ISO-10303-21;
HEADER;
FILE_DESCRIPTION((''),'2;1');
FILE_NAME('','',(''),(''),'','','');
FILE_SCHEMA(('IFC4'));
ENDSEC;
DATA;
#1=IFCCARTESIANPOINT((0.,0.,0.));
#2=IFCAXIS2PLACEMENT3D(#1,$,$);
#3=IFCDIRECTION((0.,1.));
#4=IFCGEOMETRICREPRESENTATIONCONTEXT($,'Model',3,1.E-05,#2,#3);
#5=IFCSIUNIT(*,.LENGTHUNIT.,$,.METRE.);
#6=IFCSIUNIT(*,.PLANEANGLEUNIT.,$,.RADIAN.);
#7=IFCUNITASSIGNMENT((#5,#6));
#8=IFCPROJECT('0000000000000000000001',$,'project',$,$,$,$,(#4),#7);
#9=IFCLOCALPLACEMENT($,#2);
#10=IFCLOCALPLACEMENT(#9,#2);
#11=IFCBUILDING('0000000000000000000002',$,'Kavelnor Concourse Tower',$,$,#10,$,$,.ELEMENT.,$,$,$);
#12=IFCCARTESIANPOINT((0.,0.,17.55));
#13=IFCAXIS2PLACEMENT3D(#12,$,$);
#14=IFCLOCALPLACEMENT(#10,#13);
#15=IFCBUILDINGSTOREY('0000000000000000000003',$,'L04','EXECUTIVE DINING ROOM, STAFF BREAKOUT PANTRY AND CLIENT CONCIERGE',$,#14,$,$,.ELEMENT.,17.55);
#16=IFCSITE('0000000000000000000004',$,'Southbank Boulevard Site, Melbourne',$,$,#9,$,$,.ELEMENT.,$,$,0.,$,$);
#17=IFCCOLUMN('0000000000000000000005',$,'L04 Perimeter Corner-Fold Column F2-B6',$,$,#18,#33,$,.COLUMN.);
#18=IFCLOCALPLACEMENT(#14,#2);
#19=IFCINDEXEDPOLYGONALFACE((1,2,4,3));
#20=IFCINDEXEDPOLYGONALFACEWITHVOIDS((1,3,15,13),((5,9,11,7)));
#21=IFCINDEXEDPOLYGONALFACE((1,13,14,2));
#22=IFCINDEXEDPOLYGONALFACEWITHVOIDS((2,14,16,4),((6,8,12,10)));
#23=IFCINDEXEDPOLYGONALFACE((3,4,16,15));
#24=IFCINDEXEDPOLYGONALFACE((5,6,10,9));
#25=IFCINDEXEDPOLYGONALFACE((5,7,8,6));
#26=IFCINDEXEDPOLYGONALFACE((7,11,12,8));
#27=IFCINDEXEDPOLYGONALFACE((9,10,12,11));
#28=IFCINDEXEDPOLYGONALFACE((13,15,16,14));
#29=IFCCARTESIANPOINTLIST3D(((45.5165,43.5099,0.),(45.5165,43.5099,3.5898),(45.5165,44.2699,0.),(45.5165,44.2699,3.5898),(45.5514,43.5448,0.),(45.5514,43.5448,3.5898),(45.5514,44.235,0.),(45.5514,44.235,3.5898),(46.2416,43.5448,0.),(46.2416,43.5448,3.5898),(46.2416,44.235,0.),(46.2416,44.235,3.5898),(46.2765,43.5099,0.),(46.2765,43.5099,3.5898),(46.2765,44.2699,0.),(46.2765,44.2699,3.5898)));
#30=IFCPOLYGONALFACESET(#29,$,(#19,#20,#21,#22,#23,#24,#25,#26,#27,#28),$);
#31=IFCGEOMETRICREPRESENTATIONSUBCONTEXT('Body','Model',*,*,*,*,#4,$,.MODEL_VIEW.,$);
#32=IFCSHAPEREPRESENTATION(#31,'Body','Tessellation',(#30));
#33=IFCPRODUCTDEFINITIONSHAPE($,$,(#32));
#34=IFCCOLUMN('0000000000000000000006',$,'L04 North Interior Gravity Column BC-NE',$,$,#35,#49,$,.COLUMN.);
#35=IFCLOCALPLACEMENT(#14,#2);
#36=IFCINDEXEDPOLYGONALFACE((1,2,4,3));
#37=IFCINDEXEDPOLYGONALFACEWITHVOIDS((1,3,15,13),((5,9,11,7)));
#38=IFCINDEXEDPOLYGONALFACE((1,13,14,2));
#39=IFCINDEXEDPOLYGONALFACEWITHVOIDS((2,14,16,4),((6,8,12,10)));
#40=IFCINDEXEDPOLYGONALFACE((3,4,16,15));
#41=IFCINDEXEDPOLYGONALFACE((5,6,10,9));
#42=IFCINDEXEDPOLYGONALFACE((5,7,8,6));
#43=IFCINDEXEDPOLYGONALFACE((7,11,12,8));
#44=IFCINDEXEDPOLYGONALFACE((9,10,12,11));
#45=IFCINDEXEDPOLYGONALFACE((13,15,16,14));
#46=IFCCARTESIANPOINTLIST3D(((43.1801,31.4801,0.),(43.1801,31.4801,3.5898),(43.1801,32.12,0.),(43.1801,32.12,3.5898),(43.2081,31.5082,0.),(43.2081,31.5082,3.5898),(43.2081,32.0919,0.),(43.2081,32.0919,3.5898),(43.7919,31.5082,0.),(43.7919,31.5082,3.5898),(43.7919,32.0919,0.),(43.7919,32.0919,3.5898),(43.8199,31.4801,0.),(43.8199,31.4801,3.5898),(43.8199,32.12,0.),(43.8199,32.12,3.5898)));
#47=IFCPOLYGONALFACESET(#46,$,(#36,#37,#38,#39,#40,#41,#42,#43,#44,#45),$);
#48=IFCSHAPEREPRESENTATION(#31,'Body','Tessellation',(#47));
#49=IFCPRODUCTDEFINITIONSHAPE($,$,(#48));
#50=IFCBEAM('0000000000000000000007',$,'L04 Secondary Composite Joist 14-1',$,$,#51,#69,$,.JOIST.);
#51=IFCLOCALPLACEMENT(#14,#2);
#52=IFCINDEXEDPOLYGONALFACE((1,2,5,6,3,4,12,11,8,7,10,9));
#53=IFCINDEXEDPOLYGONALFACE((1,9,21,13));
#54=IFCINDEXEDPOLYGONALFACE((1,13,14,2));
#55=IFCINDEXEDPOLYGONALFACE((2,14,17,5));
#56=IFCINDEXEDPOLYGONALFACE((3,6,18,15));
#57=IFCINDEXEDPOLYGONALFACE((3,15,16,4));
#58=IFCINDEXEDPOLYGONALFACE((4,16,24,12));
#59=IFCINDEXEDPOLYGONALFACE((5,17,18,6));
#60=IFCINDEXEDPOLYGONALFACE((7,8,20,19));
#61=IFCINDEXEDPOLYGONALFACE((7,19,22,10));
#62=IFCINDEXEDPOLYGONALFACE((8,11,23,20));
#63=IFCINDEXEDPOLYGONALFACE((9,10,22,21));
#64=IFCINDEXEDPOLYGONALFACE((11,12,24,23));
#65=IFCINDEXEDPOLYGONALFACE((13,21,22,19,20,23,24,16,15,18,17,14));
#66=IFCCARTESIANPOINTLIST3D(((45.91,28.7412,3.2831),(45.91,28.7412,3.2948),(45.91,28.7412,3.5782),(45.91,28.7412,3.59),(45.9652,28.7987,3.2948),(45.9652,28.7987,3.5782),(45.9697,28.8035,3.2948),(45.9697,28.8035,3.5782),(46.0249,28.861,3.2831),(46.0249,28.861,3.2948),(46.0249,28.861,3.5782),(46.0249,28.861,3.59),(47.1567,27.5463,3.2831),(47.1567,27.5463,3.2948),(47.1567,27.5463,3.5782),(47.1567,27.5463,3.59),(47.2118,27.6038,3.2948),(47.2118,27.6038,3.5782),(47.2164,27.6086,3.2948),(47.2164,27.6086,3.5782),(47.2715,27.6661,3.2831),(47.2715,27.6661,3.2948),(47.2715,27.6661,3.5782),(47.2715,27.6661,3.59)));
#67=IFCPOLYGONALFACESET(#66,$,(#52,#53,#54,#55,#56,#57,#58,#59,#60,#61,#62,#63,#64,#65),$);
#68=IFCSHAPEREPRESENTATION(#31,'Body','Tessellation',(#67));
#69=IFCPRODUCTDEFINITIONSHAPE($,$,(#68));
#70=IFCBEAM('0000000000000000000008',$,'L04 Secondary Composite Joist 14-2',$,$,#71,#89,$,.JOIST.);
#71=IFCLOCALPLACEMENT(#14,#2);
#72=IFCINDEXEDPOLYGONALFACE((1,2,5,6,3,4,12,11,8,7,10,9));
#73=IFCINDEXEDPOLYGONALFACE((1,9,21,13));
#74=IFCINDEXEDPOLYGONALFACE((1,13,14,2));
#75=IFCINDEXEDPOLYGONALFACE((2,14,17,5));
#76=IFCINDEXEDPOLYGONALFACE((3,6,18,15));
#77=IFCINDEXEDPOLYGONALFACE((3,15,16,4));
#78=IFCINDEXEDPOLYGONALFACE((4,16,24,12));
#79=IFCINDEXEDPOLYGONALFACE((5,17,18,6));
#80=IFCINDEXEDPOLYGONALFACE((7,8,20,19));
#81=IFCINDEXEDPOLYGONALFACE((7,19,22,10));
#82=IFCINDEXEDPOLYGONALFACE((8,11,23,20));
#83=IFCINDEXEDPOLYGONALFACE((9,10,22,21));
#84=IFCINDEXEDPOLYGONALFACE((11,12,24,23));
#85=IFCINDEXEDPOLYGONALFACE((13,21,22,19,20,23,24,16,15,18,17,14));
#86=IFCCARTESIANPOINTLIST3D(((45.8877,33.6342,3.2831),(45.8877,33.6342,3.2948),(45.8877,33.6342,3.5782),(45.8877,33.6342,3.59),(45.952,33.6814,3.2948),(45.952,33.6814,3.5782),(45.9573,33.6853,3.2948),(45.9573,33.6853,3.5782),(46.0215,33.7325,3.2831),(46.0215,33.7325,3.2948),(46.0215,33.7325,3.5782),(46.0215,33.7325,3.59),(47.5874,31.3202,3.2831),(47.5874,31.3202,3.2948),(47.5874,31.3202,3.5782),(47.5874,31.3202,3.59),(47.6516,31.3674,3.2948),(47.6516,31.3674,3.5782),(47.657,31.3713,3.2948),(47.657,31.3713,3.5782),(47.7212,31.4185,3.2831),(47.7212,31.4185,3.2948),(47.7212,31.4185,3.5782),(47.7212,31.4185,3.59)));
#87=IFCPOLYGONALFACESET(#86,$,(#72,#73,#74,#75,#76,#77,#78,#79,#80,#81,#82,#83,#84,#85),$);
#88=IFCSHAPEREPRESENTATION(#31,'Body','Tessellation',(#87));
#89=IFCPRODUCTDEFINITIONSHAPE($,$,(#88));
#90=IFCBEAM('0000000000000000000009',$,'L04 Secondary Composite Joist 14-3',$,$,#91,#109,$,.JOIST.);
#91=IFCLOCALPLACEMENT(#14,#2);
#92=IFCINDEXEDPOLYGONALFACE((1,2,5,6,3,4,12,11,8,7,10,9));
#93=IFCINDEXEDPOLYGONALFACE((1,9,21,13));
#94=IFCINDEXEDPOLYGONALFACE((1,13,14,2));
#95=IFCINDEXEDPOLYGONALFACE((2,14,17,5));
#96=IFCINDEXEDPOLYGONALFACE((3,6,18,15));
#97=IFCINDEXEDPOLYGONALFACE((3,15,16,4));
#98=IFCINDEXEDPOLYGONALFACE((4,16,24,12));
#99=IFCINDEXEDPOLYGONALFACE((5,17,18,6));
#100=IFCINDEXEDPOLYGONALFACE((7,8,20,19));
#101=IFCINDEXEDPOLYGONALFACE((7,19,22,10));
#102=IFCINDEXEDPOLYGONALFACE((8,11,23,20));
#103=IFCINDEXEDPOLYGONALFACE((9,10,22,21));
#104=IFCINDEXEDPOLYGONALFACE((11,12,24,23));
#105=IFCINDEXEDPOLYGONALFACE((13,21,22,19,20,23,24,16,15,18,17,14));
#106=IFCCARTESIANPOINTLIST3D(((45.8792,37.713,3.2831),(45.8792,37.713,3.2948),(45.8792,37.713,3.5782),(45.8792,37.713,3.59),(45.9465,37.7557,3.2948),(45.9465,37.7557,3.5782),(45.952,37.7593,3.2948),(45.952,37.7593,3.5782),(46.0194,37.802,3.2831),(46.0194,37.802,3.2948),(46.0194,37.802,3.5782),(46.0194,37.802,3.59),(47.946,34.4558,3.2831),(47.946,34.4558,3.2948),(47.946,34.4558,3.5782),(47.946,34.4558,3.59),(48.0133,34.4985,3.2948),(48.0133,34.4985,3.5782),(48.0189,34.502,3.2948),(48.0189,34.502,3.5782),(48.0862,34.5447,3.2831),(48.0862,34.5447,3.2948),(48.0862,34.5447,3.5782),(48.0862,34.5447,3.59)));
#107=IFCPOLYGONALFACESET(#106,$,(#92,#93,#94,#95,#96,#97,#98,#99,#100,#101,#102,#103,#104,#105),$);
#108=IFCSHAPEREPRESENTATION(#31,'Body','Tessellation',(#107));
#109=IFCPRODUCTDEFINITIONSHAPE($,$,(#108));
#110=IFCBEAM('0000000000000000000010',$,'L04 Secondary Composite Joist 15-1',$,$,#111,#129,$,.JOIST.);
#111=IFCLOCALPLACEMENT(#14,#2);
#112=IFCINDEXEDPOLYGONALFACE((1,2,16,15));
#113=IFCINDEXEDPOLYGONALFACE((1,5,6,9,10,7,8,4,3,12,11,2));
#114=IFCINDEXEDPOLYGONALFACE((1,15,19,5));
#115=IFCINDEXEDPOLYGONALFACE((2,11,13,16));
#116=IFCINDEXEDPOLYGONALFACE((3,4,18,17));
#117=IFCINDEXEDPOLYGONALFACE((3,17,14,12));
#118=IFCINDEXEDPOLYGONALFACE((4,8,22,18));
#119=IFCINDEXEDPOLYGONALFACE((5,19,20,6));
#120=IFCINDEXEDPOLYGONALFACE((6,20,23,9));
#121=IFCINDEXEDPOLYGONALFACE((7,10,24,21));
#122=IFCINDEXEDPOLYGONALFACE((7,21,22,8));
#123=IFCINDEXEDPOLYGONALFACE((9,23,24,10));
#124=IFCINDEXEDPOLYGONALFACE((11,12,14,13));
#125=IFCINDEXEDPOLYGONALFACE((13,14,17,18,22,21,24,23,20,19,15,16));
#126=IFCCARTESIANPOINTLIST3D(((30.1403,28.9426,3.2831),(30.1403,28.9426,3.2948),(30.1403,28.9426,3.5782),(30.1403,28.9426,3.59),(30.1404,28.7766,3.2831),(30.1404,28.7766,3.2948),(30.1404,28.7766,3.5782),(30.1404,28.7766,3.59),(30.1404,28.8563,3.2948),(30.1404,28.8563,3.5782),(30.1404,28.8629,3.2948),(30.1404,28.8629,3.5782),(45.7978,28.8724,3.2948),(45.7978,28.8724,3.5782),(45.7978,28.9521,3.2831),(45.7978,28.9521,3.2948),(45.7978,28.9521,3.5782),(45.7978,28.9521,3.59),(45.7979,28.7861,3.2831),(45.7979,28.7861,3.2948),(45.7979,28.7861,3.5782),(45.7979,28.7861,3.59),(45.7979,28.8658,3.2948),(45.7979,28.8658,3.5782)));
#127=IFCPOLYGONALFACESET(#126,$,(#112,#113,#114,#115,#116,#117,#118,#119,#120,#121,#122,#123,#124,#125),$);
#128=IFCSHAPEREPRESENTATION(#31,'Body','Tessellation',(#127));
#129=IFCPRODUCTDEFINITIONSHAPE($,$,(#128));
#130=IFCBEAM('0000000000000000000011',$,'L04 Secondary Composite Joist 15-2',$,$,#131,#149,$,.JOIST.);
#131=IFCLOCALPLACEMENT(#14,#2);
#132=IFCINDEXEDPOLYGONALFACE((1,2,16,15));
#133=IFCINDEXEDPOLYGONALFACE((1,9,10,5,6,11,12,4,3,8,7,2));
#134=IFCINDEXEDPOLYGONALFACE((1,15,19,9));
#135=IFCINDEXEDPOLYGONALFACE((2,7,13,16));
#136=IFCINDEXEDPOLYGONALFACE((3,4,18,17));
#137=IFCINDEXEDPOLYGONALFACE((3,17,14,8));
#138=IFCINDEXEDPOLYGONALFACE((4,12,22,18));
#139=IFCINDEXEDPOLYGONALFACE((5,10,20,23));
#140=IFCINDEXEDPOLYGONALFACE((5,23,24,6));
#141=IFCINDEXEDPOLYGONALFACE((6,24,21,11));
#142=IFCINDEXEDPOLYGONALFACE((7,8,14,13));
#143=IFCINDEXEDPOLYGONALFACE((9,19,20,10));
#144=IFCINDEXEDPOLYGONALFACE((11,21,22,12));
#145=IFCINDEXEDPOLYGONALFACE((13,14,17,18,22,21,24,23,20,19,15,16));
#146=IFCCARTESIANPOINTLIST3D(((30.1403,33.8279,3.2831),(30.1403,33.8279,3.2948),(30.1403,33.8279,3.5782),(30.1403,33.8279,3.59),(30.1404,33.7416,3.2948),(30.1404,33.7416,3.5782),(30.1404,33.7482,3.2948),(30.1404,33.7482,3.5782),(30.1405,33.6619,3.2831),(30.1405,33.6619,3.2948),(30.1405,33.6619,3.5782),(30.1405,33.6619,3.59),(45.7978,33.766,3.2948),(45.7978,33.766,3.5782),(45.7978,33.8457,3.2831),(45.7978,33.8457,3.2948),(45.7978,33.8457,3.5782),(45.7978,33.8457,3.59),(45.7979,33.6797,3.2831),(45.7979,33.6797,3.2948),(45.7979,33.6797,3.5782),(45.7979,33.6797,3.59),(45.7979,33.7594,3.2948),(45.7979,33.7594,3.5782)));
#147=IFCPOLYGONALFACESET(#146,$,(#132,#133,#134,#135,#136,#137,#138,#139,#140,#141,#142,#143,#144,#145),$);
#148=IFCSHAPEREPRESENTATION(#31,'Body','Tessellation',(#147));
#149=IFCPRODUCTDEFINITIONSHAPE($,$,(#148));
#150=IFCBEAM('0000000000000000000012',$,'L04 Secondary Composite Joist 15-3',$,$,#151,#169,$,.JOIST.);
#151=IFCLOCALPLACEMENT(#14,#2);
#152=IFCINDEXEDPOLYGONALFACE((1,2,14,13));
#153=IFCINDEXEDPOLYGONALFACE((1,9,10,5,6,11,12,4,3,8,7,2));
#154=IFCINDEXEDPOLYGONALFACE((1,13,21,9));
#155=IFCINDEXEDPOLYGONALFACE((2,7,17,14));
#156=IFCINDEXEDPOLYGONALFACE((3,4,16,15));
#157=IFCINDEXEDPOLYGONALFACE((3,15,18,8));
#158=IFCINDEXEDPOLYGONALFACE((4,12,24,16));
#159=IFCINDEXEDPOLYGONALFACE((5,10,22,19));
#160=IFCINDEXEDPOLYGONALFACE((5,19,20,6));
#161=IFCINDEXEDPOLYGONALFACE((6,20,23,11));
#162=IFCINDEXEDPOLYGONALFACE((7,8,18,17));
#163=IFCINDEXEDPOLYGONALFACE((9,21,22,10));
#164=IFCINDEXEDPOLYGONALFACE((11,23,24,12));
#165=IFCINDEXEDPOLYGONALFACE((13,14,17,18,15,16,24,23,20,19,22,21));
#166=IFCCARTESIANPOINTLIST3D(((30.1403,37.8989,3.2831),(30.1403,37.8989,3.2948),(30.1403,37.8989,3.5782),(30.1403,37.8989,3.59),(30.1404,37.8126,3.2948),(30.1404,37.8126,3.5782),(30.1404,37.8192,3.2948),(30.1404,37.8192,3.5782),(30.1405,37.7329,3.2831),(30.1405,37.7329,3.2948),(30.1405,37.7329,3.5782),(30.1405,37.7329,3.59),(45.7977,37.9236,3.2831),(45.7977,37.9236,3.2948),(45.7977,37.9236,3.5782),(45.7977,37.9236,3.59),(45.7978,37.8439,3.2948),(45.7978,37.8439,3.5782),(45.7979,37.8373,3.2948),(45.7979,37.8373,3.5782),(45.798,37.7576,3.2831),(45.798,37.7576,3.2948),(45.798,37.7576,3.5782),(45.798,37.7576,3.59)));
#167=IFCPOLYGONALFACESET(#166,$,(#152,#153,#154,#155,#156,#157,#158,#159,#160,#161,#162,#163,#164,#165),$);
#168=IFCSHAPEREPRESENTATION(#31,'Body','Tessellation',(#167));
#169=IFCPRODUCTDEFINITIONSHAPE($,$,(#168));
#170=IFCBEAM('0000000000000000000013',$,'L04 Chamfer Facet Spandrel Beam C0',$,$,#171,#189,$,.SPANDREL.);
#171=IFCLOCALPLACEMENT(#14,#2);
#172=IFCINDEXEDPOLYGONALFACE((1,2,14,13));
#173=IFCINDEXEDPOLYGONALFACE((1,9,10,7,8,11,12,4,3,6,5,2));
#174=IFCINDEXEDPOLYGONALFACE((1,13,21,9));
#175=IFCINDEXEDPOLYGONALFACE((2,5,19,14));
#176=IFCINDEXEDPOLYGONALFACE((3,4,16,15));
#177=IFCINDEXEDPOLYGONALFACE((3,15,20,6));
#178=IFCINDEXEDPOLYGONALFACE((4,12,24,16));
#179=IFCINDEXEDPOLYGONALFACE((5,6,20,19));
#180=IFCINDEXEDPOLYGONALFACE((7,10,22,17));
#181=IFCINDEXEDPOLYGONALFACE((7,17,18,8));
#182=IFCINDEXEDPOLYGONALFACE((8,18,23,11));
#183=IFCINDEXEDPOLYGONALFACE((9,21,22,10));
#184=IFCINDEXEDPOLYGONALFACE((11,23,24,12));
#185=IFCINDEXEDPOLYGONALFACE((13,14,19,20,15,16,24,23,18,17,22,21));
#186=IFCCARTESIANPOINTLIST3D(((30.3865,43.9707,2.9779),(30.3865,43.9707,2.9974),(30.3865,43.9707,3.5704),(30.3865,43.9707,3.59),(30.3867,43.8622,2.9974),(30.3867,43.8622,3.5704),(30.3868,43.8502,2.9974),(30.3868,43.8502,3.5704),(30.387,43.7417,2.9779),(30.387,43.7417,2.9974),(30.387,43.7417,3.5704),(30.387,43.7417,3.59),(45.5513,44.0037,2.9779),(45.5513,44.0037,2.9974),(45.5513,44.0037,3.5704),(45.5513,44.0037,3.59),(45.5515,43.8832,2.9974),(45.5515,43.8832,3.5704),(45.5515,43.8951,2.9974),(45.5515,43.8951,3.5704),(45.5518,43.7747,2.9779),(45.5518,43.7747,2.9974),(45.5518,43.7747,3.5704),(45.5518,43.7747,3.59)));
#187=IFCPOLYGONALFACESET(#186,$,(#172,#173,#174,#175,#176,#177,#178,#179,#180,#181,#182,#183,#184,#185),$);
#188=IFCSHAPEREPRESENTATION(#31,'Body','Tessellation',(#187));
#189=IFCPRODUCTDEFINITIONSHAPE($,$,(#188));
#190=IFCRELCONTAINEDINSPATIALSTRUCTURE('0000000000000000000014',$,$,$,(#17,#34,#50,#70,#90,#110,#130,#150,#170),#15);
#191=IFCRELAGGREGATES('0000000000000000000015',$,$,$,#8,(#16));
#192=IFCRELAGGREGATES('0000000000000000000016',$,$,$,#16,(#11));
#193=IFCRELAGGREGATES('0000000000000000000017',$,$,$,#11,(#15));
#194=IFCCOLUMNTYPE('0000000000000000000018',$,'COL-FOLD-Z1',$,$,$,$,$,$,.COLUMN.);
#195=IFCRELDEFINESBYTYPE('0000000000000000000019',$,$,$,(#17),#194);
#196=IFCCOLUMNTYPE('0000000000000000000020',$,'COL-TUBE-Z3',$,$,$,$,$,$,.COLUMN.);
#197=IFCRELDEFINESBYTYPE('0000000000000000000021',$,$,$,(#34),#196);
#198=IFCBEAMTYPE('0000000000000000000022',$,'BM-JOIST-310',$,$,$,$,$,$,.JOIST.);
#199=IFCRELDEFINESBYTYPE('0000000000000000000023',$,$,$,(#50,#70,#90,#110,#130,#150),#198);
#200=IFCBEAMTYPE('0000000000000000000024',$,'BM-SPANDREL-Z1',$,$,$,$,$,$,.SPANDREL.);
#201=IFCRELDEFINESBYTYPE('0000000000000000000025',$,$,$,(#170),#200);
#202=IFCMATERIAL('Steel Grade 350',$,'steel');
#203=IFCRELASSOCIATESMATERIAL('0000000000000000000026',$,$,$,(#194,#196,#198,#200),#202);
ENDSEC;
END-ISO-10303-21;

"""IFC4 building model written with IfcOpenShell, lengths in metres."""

from ifc_helpers import new_model, si_unit, direction, frame, origin, origin_2d, place, context, subcontext, project, spatial, hollow_rectangle, i_section, extrude, material, material_profile, profile_set, type_object, element, save


model = new_model("IFC4")

# Units and contexts
model_context = context("Model", 3, precision=1e-05, world=origin(), true_north=direction((0.0, 1.0)))
body_context = subcontext(model_context, "Body", "Model", "MODEL_VIEW")
ifc_project = project(units=[si_unit("LENGTHUNIT", "METRE"), si_unit("PLANEANGLEUNIT", "RADIAN")], contexts=[model_context])

# Site, building, storey
site_placement = place(None, origin())
site = spatial("IfcSite", under=ifc_project, at=site_placement, Name="Southbank Boulevard Site, Melbourne", CompositionType="ELEMENT", RefElevation=0.0)
building_placement = place(site_placement, origin())
building = spatial("IfcBuilding", under=site, at=building_placement, Name="Kavelnor Concourse Tower", CompositionType="ELEMENT")
storey_placement = place(building_placement, frame((0.0, 0.0, 17.55)))
storey = spatial("IfcBuildingStorey", under=building, at=storey_placement, Name="L04", Description="EXECUTIVE DINING ROOM, STAFF BREAKOUT PANTRY AND CLIENT CONCIERGE", CompositionType="ELEMENT", Elevation=17.55)

# Columns
ifc_material_1 = material(Name="Steel Grade 350", Category="steel")
ifc_material_profile_1 = material_profile(ifc_material_1, hollow_rectangle(XDim=0.76, YDim=0.76, WallThickness=0.0349, at=origin_2d()), Name="SHS 760x760x35")
ifc_profile_set_1 = profile_set([ifc_material_profile_1], Name="Steel Grade 350")
column_type_1 = type_object("IfcColumnType", Name="COL-FOLD-Z1", PredefinedType="COLUMN", material=ifc_profile_set_1)
column_1_placement = place(storey_placement, frame((45.8965, 43.8899, 0.0), z_axis=(0.0, 0.0, 1.0), x_axis=(1.0, 0.0, 0.0)))
element("IfcColumn", 1, at=column_1_placement, inside=storey, type_object=column_type_1, Name="L04 Perimeter Corner-Fold Column F2-B6", PredefinedType="COLUMN", context=body_context, shape_type="SweptSolid", body=[
    extrude(hollow_rectangle(XDim=0.76, YDim=0.76, WallThickness=0.0349, at=origin_2d()), origin(), (0.0, 0.0, 1.0), 3.5898),
])
ifc_material_profile_2 = material_profile(ifc_material_1, hollow_rectangle(XDim=0.6399, YDim=0.6399, WallThickness=0.0281, at=origin_2d()), Name="SHS 640x640x28")
ifc_profile_set_2 = profile_set([ifc_material_profile_2], Name="Steel Grade 350")
column_type_2 = type_object("IfcColumnType", Name="COL-TUBE-Z3", PredefinedType="COLUMN", material=ifc_profile_set_2)
column_2_placement = place(storey_placement, frame((43.5, 31.8, 0.0), z_axis=(0.0, 0.0, 1.0), x_axis=(1.0, 0.0, 0.0)))
element("IfcColumn", 2, at=column_2_placement, inside=storey, type_object=column_type_2, Name="L04 North Interior Gravity Column BC-NE", PredefinedType="COLUMN", context=body_context, shape_type="SweptSolid", body=[
    extrude(hollow_rectangle(XDim=0.6399, YDim=0.6399, WallThickness=0.0281, at=origin_2d()), origin(), (0.0, 0.0, 1.0), 3.5898),
])

# Beams
ifc_material_profile_3 = material_profile(ifc_material_1, i_section(OverallWidth=0.166, OverallDepth=0.3069, WebThickness=0.0066, FlangeThickness=0.0117, at=origin_2d()), Name="310UB46")
ifc_profile_set_3 = profile_set([ifc_material_profile_3], Name="Steel Grade 350")
beam_type_1 = type_object("IfcBeamType", Name="BM-JOIST-310", PredefinedType="JOIST", material=ifc_profile_set_3)
beam_1_placement = place(storey_placement, frame((47.2141, 27.6062, 3.4365), z_axis=(-0.721935, 0.691961, 0.0), x_axis=(-0.691961, -0.721935, 0.0)))
element("IfcBeam", 3, at=beam_1_placement, inside=storey, type_object=beam_type_1, Name="L04 Secondary Composite Joist 14-1", PredefinedType="JOIST", context=body_context, shape_type="SweptSolid", body=[
    extrude(i_section(OverallWidth=0.166, OverallDepth=0.3069, WebThickness=0.0066, FlangeThickness=0.0117, at=origin_2d()), origin(), (0.0, 0.0, 1.0), 1.7268),
])
beam_2_placement = place(storey_placement, frame((47.6543, 31.3694, 3.4365), z_axis=(-0.591998, 0.80594, 0.0), x_axis=(-0.80594, -0.591998, 0.0)))
element("IfcBeam", 4, at=beam_2_placement, inside=storey, type_object=beam_type_1, Name="L04 Secondary Composite Joist 14-2", PredefinedType="JOIST", context=body_context, shape_type="SweptSolid", body=[
    extrude(i_section(OverallWidth=0.166, OverallDepth=0.3069, WebThickness=0.0066, FlangeThickness=0.0117, at=origin_2d()), origin(), (0.0, 0.0, 1.0), 2.8711),
])
beam_3_placement = place(storey_placement, frame((48.0161, 34.5002, 3.4365), z_axis=(-0.535778, 0.844359, 0.0), x_axis=(-0.844359, -0.535778, 0.0)))
element("IfcBeam", 5, at=beam_3_placement, inside=storey, type_object=beam_type_1, Name="L04 Secondary Composite Joist 14-3", PredefinedType="JOIST", context=body_context, shape_type="SweptSolid", body=[
    extrude(i_section(OverallWidth=0.166, OverallDepth=0.3069, WebThickness=0.0066, FlangeThickness=0.0117, at=origin_2d()), origin(), (0.0, 0.0, 1.0), 3.8577),
])
for number, where, z_axis, x_axis, name in (
    (6, (45.7979, 28.8691, 3.4365), (-1.0, -0.000608, 0.0), (0.000608, -1.0, 0.0), "L04 Secondary Composite Joist 15-1"),
    (7, (45.7979, 33.7627, 3.4365), (-0.999999, -0.001138, 0.0), (0.001138, -0.999999, 0.0), "L04 Secondary Composite Joist 15-2"),
    (8, (45.7979, 37.8406, 3.4365), (-0.999999, -0.001575, 0.0), (0.001575, -0.999999, 0.0), "L04 Secondary Composite Joist 15-3"),
):
    element("IfcBeam", number, at=place(storey_placement, frame(where, z_axis=z_axis, x_axis=x_axis)), inside=storey, type_object=beam_type_1, Name=name, PredefinedType="JOIST", context=body_context, shape_type="SweptSolid", body=[
        extrude(i_section(OverallWidth=0.166, OverallDepth=0.3069, WebThickness=0.0066, FlangeThickness=0.0117, at=origin_2d()), origin(), (0.0, 0.0, 1.0), 15.6575),
    ])
ifc_material_profile_4 = material_profile(ifc_material_1, i_section(OverallWidth=0.229, OverallDepth=0.6121, WebThickness=0.012, FlangeThickness=0.0195, at=origin_2d()), Name="610UB125")
ifc_profile_set_4 = profile_set([ifc_material_profile_4], Name="Steel Grade 350")
beam_type_2 = type_object("IfcBeamType", Name="BM-SPANDREL-Z1", PredefinedType="SPANDREL", material=ifc_profile_set_4)
beam_4_placement = place(storey_placement, frame((45.5515, 43.8892, 3.2839), z_axis=(-0.999998, -0.002173, 0.0), x_axis=(0.002173, -0.999998, 0.0)))
element("IfcBeam", 9, at=beam_4_placement, inside=storey, type_object=beam_type_2, Name="L04 Chamfer Facet Spandrel Beam C0", PredefinedType="SPANDREL", context=body_context, shape_type="SweptSolid", body=[
    extrude(i_section(OverallWidth=0.229, OverallDepth=0.6121, WebThickness=0.012, FlangeThickness=0.0195, at=origin_2d()), origin(), (0.0, 0.0, 1.0), 15.1648),
])

save(model, "model.ifc")
